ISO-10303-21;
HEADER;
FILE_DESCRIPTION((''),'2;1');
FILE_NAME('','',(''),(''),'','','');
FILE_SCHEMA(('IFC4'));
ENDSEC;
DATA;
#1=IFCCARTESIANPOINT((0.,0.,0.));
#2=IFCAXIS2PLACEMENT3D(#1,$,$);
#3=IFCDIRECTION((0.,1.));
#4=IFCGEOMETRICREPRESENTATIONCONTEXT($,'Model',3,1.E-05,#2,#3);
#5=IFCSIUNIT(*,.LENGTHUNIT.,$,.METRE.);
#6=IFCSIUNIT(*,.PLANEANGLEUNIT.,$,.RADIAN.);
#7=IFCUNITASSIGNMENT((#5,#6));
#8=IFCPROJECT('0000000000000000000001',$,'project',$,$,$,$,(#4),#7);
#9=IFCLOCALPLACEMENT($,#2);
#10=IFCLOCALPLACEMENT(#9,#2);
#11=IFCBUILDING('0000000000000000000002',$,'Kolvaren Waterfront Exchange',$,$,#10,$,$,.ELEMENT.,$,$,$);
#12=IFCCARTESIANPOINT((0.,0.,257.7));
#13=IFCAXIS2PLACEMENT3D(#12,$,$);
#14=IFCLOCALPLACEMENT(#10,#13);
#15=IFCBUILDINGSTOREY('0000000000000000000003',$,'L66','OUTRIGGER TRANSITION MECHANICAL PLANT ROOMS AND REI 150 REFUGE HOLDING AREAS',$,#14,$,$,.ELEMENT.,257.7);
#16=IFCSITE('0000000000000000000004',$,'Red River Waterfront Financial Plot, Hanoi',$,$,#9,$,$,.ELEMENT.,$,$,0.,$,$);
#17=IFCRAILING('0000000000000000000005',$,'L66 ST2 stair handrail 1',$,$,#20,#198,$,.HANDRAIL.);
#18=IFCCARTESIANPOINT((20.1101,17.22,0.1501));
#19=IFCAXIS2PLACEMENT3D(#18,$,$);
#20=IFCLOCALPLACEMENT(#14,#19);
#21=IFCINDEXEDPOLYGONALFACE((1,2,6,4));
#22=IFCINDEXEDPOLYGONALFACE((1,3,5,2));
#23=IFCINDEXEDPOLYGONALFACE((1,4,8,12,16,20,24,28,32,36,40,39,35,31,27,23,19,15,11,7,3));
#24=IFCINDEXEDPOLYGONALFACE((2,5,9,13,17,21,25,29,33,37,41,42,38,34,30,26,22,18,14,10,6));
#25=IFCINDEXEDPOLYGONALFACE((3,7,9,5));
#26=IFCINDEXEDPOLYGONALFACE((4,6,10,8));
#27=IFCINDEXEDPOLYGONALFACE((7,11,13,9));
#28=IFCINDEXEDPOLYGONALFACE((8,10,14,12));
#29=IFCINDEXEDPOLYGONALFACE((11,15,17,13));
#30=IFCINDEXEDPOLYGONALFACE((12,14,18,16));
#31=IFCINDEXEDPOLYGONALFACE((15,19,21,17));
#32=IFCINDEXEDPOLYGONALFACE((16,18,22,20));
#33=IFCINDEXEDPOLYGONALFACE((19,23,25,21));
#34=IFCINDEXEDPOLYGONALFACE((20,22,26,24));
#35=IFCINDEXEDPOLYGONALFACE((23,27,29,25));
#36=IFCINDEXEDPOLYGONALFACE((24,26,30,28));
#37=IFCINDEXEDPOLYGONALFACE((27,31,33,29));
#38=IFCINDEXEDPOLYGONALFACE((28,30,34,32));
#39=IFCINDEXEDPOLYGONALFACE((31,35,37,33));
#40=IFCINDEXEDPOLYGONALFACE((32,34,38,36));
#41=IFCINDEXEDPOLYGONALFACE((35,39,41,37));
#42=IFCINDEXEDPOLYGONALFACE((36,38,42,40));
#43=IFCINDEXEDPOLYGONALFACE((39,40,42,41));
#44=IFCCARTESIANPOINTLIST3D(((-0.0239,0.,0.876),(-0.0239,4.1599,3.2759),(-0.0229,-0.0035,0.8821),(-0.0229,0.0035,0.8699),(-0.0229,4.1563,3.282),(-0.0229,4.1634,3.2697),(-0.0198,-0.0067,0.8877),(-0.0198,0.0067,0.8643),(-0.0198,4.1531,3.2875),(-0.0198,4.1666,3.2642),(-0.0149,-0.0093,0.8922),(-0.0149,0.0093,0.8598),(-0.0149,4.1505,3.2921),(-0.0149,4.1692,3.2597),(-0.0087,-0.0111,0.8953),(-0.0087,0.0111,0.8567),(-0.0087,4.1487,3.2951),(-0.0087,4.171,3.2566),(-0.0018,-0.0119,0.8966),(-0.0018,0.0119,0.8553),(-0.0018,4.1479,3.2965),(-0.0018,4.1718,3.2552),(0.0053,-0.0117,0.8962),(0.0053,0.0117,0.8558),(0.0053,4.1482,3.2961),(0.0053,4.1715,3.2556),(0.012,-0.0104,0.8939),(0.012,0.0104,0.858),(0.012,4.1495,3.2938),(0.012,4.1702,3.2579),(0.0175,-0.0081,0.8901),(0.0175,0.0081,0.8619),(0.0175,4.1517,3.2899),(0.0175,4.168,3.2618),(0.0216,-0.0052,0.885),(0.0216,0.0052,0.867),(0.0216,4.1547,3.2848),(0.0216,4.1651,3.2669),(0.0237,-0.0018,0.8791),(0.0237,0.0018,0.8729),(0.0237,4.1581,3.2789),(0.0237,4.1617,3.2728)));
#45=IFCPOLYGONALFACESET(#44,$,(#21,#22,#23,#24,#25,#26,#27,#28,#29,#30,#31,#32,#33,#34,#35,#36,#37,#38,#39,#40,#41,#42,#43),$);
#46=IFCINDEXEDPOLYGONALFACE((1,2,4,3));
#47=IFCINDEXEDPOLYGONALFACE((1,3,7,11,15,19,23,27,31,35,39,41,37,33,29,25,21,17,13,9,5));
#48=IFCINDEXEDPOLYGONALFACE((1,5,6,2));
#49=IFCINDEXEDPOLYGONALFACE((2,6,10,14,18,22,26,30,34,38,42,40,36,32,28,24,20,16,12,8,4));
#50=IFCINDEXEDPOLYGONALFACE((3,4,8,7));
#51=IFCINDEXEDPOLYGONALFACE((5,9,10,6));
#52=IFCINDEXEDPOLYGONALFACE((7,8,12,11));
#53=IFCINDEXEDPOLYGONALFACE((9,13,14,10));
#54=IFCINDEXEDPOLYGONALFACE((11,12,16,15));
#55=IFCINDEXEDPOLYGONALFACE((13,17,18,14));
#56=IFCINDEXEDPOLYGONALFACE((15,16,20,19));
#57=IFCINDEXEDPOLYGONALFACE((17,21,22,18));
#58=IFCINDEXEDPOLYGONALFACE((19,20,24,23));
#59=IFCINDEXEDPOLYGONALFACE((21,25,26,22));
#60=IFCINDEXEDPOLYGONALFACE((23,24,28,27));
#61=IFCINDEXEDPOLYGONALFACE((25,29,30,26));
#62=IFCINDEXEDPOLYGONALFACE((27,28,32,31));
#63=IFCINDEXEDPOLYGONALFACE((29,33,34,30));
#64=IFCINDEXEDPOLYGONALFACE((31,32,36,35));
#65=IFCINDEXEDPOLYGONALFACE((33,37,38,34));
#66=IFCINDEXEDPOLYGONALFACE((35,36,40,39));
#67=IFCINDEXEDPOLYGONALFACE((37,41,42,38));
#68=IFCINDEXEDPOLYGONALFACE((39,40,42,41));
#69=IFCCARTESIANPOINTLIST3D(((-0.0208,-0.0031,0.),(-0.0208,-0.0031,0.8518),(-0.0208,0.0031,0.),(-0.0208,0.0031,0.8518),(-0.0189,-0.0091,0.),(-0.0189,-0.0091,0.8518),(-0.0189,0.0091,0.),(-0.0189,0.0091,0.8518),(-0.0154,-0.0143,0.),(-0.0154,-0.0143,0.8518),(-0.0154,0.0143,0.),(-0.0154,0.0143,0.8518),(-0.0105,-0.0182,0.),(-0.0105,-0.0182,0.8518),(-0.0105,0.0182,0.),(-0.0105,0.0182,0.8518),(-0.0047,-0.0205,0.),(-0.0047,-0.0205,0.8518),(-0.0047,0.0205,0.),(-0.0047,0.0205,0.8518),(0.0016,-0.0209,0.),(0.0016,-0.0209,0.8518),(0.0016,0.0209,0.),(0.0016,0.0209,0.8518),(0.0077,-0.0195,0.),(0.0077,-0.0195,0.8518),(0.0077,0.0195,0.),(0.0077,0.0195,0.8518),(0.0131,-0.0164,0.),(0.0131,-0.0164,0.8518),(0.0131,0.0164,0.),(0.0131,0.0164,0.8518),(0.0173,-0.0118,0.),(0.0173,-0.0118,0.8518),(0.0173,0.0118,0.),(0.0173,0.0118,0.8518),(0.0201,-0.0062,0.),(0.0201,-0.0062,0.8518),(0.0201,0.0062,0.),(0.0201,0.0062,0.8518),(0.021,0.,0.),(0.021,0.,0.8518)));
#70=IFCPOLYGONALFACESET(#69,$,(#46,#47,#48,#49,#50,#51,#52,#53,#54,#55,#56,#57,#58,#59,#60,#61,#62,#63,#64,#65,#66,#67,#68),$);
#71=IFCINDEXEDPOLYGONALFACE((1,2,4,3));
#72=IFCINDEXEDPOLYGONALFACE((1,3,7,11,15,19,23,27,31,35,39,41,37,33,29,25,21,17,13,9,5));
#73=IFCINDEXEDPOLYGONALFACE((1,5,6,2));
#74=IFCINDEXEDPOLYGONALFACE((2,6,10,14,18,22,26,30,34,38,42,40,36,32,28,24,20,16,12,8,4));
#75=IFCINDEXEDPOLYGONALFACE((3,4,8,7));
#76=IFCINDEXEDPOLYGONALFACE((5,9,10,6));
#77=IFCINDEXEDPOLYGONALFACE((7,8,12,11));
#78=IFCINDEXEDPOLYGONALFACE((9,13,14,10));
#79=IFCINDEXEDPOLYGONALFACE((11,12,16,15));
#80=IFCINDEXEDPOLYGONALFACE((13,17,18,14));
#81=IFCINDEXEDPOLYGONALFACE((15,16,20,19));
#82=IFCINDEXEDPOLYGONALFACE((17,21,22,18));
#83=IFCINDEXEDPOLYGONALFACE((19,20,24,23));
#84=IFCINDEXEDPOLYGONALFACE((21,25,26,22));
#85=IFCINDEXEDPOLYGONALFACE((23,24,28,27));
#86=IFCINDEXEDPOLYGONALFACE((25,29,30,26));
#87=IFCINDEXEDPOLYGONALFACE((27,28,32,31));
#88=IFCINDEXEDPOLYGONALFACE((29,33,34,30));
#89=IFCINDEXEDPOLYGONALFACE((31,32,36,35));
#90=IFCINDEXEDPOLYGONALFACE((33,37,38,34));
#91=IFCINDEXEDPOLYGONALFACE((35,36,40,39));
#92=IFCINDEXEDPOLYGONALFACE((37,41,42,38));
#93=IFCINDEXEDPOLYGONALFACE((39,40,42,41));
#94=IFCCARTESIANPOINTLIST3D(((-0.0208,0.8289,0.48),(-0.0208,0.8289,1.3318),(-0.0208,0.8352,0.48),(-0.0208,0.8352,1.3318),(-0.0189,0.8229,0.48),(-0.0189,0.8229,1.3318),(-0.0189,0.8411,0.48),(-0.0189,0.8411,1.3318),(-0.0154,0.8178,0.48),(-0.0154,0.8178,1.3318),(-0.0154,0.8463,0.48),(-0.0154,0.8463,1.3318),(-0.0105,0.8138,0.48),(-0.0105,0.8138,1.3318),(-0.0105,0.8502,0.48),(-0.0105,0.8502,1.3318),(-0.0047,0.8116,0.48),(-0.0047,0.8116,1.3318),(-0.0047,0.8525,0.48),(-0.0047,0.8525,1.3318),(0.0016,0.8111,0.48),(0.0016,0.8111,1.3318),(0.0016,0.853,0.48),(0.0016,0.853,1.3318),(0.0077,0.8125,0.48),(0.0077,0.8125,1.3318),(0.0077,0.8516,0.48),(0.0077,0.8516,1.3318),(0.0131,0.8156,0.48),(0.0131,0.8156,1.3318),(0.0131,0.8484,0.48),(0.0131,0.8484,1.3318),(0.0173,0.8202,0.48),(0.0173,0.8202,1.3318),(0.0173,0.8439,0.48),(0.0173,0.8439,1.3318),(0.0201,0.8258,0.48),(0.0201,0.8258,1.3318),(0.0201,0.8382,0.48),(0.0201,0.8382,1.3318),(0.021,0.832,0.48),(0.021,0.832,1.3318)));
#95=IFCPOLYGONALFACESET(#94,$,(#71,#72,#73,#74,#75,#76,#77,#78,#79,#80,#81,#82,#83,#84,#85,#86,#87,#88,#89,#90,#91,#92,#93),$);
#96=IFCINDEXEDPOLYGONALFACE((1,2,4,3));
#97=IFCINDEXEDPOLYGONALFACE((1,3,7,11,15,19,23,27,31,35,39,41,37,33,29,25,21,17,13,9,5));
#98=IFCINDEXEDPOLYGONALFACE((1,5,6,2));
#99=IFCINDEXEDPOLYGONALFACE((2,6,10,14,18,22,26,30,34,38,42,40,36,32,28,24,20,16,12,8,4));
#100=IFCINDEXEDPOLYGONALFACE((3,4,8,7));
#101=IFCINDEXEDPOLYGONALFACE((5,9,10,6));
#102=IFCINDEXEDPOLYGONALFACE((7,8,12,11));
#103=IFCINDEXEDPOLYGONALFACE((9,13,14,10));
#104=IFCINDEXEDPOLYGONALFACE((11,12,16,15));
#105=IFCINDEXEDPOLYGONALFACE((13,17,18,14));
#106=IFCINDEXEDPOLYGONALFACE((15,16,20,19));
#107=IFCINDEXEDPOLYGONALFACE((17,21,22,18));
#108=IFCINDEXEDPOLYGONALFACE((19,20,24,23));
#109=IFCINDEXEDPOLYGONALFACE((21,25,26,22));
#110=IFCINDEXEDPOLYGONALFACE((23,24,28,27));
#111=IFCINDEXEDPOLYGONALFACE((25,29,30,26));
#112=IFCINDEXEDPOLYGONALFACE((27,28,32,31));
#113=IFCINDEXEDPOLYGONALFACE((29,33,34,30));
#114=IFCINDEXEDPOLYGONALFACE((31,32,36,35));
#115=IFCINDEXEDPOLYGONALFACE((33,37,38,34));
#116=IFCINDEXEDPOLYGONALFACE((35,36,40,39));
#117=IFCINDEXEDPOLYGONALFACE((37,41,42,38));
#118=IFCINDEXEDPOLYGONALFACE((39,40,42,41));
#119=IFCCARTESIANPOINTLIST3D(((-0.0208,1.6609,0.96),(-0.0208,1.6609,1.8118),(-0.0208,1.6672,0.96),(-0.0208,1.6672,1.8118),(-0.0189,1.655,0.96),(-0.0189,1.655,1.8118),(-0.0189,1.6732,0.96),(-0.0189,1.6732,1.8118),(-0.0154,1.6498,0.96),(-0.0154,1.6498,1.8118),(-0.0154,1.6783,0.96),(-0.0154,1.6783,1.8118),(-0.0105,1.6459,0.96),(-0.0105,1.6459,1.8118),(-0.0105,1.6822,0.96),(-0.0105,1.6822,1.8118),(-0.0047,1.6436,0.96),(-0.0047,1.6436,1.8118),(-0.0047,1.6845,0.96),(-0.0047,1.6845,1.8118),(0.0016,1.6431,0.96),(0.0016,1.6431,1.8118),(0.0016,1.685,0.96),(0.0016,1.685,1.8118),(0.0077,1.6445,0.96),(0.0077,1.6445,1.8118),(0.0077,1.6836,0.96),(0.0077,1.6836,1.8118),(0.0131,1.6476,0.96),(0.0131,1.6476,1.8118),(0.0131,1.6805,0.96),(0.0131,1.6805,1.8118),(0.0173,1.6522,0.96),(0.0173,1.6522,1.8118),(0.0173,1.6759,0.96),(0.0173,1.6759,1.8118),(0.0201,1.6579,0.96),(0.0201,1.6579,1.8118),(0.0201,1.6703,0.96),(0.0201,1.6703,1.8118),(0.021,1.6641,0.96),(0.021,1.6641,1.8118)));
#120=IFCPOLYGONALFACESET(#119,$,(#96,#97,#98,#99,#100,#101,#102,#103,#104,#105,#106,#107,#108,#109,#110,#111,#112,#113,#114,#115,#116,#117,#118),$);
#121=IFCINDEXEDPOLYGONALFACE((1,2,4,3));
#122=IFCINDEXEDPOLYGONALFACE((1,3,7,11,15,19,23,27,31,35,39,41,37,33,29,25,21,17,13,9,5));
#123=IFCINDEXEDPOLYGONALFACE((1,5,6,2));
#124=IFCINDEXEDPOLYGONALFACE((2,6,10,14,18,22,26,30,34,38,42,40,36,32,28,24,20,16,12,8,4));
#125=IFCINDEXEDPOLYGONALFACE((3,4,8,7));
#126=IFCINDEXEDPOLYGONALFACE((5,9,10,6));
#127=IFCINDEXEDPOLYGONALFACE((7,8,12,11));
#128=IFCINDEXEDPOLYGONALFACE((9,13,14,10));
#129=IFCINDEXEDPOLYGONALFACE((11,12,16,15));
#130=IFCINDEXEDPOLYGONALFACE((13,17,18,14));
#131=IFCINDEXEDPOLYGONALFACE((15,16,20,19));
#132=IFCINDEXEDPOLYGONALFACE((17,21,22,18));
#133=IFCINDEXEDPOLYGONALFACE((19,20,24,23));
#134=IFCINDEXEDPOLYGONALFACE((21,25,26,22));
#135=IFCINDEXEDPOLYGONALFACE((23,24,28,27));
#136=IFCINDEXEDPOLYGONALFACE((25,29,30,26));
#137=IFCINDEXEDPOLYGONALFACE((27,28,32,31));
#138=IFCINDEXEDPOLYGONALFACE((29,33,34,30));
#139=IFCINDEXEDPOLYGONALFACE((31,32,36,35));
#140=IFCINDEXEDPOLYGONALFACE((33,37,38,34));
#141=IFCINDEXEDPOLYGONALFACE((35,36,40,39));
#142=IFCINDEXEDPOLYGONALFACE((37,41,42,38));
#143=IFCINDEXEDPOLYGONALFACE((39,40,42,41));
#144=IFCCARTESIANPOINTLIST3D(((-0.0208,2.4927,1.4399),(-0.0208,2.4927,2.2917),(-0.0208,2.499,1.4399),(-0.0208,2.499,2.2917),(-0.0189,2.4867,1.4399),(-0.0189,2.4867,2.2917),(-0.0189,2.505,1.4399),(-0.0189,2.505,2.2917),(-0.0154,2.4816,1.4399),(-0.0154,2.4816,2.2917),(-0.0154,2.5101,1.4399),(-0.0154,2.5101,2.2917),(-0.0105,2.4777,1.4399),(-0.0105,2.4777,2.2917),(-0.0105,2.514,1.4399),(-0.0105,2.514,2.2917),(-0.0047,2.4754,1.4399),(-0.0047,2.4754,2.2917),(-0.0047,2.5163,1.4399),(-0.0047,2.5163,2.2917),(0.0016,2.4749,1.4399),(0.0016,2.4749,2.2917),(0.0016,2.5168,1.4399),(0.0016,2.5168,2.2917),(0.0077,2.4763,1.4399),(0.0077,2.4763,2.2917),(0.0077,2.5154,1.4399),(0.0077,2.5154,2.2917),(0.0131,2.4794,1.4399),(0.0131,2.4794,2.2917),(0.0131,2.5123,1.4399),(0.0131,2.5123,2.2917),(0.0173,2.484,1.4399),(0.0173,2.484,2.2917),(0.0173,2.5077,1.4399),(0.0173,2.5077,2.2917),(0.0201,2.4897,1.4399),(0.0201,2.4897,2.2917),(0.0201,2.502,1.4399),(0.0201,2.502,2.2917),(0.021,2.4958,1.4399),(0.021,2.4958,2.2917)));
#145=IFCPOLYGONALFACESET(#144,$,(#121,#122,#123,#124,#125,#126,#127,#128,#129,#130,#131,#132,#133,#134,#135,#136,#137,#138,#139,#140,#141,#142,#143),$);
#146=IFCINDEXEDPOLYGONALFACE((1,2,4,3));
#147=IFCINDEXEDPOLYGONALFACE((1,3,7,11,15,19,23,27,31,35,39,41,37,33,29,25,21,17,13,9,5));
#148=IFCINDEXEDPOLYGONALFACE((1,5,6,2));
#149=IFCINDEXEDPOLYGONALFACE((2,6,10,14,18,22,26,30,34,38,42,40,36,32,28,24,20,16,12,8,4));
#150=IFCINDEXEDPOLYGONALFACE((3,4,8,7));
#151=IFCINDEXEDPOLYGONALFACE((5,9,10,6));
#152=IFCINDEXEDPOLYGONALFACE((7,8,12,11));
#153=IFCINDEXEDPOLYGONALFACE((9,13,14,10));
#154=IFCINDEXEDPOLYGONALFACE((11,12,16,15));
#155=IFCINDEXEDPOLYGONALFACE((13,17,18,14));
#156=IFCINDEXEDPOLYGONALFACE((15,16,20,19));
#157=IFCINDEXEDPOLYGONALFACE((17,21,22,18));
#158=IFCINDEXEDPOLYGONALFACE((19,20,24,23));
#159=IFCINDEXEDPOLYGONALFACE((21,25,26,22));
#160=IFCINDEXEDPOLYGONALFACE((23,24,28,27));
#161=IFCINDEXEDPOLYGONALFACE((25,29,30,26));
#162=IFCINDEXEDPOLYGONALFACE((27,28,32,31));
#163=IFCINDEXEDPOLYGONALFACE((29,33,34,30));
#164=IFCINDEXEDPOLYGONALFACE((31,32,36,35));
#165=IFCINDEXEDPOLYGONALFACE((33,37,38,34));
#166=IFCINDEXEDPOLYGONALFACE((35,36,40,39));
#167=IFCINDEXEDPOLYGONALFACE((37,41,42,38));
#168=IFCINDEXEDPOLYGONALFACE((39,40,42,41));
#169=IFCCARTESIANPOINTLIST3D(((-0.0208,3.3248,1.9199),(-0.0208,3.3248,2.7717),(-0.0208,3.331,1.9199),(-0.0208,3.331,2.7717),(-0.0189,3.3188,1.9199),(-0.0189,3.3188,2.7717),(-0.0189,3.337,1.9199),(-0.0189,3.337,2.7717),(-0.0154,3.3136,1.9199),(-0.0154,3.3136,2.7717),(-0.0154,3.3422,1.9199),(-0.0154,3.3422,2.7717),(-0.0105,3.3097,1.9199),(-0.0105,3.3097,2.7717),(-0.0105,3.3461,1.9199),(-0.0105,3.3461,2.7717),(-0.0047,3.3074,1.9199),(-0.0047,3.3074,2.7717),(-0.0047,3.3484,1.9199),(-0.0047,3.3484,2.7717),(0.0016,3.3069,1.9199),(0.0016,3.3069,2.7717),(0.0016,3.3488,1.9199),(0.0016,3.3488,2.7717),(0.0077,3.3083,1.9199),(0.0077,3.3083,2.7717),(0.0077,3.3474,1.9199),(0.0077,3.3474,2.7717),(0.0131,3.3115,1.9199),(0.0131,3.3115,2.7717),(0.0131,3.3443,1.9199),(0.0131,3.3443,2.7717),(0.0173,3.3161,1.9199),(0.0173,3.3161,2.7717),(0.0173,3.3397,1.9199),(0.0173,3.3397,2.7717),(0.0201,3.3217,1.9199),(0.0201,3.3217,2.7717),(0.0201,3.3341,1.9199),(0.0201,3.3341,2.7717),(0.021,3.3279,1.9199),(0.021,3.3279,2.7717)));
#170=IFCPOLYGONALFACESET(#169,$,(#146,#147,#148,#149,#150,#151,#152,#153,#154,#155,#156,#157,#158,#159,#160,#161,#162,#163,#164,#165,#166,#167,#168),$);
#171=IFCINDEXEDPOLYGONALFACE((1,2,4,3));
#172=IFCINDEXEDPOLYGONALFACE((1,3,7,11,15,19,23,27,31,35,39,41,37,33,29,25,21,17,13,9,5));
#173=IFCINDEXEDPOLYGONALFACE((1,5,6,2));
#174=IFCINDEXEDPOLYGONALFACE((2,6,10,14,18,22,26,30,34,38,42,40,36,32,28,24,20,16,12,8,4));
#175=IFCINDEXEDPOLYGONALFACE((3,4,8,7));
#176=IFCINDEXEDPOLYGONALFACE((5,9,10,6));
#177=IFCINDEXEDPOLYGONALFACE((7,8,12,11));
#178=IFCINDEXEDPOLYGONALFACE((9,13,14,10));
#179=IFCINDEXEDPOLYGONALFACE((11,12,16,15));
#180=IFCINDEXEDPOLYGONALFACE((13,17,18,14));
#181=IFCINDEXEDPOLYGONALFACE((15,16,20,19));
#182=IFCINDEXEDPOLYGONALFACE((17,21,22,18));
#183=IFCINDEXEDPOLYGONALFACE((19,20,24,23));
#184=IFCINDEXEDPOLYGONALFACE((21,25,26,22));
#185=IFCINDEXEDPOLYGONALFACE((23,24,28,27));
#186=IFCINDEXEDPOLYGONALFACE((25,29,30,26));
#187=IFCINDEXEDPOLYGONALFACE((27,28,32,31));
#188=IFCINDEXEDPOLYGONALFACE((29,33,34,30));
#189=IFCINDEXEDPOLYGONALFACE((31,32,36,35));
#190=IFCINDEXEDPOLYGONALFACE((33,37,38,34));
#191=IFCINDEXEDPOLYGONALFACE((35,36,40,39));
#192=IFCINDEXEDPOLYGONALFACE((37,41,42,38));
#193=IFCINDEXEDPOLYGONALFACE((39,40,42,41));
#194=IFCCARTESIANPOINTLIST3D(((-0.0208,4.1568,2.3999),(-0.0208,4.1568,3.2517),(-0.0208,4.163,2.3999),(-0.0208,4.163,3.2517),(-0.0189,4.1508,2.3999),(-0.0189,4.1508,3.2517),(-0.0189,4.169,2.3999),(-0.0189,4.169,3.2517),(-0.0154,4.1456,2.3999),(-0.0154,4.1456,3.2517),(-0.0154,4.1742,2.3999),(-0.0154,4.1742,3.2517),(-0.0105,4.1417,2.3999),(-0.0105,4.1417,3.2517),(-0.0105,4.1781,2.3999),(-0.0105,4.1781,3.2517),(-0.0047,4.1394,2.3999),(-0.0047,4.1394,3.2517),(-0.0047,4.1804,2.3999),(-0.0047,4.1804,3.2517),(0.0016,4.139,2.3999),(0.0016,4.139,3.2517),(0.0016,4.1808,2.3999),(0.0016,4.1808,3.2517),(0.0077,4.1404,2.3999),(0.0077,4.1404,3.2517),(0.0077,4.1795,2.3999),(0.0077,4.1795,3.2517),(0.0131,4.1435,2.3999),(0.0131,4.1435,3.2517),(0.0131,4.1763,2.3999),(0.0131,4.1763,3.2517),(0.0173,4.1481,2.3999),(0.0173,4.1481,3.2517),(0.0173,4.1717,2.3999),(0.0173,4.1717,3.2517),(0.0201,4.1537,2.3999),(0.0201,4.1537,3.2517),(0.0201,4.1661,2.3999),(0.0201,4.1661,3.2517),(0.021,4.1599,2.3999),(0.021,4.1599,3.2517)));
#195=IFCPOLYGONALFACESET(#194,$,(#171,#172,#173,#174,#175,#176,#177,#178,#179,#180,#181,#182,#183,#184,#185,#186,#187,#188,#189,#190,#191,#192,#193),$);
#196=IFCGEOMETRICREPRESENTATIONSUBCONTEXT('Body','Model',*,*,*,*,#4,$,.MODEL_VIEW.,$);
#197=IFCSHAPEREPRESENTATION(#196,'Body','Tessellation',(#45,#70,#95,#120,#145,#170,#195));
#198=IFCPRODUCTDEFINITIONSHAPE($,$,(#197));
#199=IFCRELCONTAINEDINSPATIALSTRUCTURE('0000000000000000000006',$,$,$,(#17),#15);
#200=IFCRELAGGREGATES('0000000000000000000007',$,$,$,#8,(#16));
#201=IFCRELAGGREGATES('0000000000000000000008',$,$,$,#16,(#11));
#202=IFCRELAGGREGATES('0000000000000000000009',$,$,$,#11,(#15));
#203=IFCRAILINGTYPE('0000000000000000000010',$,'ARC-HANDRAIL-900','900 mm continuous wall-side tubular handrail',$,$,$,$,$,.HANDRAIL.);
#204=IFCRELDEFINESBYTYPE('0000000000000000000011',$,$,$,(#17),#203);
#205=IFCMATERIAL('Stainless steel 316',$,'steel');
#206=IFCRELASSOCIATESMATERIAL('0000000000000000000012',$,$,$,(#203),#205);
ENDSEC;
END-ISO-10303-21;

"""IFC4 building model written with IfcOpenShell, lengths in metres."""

from ifc_helpers import new_model, si_unit, direction, frame, origin, origin_2d, place, context, subcontext, project, spatial, circle, extrude, material, type_object, element, save


model = new_model("IFC4")

# Units and contexts
model_context = context("Model", 3, precision=1e-05, world=origin(), true_north=direction((0.0, 1.0)))
body_context = subcontext(model_context, "Body", "Model", "MODEL_VIEW")
ifc_project = project(units=[si_unit("LENGTHUNIT", "METRE"), si_unit("PLANEANGLEUNIT", "RADIAN")], contexts=[model_context])

# Site, building, storey
site_placement = place(None, origin())
site = spatial("IfcSite", under=ifc_project, at=site_placement, Name="Red River Waterfront Financial Plot, Hanoi", CompositionType="ELEMENT", RefElevation=0.0)
building_placement = place(site_placement, origin())
building = spatial("IfcBuilding", under=site, at=building_placement, Name="Kolvaren Waterfront Exchange", CompositionType="ELEMENT")
storey_placement = place(building_placement, frame((0.0, 0.0, 257.7)))
storey = spatial("IfcBuildingStorey", under=building, at=storey_placement, Name="L66", Description="OUTRIGGER TRANSITION MECHANICAL PLANT ROOMS AND REI 150 REFUGE HOLDING AREAS", CompositionType="ELEMENT", Elevation=257.7)

# Railing
ifc_material_1 = material(Name="Stainless steel 316", Category="steel")
railing_type = type_object("IfcRailingType", Name="ARC-HANDRAIL-900", Description="900 mm continuous wall-side tubular handrail", PredefinedType="HANDRAIL", material=ifc_material_1)
railing_1_placement = place(storey_placement, frame((20.1101, 17.22, 0.1501)))
element("IfcRailing", 1, at=railing_1_placement, inside=storey, type_object=railing_type, Name="L66 ST2 stair handrail 1", PredefinedType="HANDRAIL", context=body_context, shape_type="SweptSolid", body=[
    extrude(circle(Radius=0.0239, at=origin_2d()), frame((0.0, 0.0, 0.876), z_axis=(0.0, 0.86619, 0.499715), x_axis=(-1.0, 0.0, 0.0)), (0.0, 0.0, 1.0), 4.8025),
    extrude(circle(Radius=0.021, at=origin_2d()), origin(), (0.0, 0.0, 1.0), 0.8518),
    extrude(circle(Radius=0.021, at=origin_2d()), frame((0.0, 0.832, 0.48)), (0.0, 0.0, 1.0), 0.8518),
    extrude(circle(Radius=0.021, at=origin_2d()), frame((0.0, 1.6641, 0.96)), (0.0, 0.0, 1.0), 0.8518),
    extrude(circle(Radius=0.021, at=origin_2d()), frame((0.0, 2.4958, 1.4399)), (0.0, 0.0, 1.0), 0.8518),
    extrude(circle(Radius=0.021, at=origin_2d()), frame((0.0, 3.3279, 1.9199)), (0.0, 0.0, 1.0), 0.8518),
    extrude(circle(Radius=0.021, at=origin_2d()), frame((0.0, 4.1599, 2.3999)), (0.0, 0.0, 1.0), 0.8518),
])

save(model, "model.ifc")
